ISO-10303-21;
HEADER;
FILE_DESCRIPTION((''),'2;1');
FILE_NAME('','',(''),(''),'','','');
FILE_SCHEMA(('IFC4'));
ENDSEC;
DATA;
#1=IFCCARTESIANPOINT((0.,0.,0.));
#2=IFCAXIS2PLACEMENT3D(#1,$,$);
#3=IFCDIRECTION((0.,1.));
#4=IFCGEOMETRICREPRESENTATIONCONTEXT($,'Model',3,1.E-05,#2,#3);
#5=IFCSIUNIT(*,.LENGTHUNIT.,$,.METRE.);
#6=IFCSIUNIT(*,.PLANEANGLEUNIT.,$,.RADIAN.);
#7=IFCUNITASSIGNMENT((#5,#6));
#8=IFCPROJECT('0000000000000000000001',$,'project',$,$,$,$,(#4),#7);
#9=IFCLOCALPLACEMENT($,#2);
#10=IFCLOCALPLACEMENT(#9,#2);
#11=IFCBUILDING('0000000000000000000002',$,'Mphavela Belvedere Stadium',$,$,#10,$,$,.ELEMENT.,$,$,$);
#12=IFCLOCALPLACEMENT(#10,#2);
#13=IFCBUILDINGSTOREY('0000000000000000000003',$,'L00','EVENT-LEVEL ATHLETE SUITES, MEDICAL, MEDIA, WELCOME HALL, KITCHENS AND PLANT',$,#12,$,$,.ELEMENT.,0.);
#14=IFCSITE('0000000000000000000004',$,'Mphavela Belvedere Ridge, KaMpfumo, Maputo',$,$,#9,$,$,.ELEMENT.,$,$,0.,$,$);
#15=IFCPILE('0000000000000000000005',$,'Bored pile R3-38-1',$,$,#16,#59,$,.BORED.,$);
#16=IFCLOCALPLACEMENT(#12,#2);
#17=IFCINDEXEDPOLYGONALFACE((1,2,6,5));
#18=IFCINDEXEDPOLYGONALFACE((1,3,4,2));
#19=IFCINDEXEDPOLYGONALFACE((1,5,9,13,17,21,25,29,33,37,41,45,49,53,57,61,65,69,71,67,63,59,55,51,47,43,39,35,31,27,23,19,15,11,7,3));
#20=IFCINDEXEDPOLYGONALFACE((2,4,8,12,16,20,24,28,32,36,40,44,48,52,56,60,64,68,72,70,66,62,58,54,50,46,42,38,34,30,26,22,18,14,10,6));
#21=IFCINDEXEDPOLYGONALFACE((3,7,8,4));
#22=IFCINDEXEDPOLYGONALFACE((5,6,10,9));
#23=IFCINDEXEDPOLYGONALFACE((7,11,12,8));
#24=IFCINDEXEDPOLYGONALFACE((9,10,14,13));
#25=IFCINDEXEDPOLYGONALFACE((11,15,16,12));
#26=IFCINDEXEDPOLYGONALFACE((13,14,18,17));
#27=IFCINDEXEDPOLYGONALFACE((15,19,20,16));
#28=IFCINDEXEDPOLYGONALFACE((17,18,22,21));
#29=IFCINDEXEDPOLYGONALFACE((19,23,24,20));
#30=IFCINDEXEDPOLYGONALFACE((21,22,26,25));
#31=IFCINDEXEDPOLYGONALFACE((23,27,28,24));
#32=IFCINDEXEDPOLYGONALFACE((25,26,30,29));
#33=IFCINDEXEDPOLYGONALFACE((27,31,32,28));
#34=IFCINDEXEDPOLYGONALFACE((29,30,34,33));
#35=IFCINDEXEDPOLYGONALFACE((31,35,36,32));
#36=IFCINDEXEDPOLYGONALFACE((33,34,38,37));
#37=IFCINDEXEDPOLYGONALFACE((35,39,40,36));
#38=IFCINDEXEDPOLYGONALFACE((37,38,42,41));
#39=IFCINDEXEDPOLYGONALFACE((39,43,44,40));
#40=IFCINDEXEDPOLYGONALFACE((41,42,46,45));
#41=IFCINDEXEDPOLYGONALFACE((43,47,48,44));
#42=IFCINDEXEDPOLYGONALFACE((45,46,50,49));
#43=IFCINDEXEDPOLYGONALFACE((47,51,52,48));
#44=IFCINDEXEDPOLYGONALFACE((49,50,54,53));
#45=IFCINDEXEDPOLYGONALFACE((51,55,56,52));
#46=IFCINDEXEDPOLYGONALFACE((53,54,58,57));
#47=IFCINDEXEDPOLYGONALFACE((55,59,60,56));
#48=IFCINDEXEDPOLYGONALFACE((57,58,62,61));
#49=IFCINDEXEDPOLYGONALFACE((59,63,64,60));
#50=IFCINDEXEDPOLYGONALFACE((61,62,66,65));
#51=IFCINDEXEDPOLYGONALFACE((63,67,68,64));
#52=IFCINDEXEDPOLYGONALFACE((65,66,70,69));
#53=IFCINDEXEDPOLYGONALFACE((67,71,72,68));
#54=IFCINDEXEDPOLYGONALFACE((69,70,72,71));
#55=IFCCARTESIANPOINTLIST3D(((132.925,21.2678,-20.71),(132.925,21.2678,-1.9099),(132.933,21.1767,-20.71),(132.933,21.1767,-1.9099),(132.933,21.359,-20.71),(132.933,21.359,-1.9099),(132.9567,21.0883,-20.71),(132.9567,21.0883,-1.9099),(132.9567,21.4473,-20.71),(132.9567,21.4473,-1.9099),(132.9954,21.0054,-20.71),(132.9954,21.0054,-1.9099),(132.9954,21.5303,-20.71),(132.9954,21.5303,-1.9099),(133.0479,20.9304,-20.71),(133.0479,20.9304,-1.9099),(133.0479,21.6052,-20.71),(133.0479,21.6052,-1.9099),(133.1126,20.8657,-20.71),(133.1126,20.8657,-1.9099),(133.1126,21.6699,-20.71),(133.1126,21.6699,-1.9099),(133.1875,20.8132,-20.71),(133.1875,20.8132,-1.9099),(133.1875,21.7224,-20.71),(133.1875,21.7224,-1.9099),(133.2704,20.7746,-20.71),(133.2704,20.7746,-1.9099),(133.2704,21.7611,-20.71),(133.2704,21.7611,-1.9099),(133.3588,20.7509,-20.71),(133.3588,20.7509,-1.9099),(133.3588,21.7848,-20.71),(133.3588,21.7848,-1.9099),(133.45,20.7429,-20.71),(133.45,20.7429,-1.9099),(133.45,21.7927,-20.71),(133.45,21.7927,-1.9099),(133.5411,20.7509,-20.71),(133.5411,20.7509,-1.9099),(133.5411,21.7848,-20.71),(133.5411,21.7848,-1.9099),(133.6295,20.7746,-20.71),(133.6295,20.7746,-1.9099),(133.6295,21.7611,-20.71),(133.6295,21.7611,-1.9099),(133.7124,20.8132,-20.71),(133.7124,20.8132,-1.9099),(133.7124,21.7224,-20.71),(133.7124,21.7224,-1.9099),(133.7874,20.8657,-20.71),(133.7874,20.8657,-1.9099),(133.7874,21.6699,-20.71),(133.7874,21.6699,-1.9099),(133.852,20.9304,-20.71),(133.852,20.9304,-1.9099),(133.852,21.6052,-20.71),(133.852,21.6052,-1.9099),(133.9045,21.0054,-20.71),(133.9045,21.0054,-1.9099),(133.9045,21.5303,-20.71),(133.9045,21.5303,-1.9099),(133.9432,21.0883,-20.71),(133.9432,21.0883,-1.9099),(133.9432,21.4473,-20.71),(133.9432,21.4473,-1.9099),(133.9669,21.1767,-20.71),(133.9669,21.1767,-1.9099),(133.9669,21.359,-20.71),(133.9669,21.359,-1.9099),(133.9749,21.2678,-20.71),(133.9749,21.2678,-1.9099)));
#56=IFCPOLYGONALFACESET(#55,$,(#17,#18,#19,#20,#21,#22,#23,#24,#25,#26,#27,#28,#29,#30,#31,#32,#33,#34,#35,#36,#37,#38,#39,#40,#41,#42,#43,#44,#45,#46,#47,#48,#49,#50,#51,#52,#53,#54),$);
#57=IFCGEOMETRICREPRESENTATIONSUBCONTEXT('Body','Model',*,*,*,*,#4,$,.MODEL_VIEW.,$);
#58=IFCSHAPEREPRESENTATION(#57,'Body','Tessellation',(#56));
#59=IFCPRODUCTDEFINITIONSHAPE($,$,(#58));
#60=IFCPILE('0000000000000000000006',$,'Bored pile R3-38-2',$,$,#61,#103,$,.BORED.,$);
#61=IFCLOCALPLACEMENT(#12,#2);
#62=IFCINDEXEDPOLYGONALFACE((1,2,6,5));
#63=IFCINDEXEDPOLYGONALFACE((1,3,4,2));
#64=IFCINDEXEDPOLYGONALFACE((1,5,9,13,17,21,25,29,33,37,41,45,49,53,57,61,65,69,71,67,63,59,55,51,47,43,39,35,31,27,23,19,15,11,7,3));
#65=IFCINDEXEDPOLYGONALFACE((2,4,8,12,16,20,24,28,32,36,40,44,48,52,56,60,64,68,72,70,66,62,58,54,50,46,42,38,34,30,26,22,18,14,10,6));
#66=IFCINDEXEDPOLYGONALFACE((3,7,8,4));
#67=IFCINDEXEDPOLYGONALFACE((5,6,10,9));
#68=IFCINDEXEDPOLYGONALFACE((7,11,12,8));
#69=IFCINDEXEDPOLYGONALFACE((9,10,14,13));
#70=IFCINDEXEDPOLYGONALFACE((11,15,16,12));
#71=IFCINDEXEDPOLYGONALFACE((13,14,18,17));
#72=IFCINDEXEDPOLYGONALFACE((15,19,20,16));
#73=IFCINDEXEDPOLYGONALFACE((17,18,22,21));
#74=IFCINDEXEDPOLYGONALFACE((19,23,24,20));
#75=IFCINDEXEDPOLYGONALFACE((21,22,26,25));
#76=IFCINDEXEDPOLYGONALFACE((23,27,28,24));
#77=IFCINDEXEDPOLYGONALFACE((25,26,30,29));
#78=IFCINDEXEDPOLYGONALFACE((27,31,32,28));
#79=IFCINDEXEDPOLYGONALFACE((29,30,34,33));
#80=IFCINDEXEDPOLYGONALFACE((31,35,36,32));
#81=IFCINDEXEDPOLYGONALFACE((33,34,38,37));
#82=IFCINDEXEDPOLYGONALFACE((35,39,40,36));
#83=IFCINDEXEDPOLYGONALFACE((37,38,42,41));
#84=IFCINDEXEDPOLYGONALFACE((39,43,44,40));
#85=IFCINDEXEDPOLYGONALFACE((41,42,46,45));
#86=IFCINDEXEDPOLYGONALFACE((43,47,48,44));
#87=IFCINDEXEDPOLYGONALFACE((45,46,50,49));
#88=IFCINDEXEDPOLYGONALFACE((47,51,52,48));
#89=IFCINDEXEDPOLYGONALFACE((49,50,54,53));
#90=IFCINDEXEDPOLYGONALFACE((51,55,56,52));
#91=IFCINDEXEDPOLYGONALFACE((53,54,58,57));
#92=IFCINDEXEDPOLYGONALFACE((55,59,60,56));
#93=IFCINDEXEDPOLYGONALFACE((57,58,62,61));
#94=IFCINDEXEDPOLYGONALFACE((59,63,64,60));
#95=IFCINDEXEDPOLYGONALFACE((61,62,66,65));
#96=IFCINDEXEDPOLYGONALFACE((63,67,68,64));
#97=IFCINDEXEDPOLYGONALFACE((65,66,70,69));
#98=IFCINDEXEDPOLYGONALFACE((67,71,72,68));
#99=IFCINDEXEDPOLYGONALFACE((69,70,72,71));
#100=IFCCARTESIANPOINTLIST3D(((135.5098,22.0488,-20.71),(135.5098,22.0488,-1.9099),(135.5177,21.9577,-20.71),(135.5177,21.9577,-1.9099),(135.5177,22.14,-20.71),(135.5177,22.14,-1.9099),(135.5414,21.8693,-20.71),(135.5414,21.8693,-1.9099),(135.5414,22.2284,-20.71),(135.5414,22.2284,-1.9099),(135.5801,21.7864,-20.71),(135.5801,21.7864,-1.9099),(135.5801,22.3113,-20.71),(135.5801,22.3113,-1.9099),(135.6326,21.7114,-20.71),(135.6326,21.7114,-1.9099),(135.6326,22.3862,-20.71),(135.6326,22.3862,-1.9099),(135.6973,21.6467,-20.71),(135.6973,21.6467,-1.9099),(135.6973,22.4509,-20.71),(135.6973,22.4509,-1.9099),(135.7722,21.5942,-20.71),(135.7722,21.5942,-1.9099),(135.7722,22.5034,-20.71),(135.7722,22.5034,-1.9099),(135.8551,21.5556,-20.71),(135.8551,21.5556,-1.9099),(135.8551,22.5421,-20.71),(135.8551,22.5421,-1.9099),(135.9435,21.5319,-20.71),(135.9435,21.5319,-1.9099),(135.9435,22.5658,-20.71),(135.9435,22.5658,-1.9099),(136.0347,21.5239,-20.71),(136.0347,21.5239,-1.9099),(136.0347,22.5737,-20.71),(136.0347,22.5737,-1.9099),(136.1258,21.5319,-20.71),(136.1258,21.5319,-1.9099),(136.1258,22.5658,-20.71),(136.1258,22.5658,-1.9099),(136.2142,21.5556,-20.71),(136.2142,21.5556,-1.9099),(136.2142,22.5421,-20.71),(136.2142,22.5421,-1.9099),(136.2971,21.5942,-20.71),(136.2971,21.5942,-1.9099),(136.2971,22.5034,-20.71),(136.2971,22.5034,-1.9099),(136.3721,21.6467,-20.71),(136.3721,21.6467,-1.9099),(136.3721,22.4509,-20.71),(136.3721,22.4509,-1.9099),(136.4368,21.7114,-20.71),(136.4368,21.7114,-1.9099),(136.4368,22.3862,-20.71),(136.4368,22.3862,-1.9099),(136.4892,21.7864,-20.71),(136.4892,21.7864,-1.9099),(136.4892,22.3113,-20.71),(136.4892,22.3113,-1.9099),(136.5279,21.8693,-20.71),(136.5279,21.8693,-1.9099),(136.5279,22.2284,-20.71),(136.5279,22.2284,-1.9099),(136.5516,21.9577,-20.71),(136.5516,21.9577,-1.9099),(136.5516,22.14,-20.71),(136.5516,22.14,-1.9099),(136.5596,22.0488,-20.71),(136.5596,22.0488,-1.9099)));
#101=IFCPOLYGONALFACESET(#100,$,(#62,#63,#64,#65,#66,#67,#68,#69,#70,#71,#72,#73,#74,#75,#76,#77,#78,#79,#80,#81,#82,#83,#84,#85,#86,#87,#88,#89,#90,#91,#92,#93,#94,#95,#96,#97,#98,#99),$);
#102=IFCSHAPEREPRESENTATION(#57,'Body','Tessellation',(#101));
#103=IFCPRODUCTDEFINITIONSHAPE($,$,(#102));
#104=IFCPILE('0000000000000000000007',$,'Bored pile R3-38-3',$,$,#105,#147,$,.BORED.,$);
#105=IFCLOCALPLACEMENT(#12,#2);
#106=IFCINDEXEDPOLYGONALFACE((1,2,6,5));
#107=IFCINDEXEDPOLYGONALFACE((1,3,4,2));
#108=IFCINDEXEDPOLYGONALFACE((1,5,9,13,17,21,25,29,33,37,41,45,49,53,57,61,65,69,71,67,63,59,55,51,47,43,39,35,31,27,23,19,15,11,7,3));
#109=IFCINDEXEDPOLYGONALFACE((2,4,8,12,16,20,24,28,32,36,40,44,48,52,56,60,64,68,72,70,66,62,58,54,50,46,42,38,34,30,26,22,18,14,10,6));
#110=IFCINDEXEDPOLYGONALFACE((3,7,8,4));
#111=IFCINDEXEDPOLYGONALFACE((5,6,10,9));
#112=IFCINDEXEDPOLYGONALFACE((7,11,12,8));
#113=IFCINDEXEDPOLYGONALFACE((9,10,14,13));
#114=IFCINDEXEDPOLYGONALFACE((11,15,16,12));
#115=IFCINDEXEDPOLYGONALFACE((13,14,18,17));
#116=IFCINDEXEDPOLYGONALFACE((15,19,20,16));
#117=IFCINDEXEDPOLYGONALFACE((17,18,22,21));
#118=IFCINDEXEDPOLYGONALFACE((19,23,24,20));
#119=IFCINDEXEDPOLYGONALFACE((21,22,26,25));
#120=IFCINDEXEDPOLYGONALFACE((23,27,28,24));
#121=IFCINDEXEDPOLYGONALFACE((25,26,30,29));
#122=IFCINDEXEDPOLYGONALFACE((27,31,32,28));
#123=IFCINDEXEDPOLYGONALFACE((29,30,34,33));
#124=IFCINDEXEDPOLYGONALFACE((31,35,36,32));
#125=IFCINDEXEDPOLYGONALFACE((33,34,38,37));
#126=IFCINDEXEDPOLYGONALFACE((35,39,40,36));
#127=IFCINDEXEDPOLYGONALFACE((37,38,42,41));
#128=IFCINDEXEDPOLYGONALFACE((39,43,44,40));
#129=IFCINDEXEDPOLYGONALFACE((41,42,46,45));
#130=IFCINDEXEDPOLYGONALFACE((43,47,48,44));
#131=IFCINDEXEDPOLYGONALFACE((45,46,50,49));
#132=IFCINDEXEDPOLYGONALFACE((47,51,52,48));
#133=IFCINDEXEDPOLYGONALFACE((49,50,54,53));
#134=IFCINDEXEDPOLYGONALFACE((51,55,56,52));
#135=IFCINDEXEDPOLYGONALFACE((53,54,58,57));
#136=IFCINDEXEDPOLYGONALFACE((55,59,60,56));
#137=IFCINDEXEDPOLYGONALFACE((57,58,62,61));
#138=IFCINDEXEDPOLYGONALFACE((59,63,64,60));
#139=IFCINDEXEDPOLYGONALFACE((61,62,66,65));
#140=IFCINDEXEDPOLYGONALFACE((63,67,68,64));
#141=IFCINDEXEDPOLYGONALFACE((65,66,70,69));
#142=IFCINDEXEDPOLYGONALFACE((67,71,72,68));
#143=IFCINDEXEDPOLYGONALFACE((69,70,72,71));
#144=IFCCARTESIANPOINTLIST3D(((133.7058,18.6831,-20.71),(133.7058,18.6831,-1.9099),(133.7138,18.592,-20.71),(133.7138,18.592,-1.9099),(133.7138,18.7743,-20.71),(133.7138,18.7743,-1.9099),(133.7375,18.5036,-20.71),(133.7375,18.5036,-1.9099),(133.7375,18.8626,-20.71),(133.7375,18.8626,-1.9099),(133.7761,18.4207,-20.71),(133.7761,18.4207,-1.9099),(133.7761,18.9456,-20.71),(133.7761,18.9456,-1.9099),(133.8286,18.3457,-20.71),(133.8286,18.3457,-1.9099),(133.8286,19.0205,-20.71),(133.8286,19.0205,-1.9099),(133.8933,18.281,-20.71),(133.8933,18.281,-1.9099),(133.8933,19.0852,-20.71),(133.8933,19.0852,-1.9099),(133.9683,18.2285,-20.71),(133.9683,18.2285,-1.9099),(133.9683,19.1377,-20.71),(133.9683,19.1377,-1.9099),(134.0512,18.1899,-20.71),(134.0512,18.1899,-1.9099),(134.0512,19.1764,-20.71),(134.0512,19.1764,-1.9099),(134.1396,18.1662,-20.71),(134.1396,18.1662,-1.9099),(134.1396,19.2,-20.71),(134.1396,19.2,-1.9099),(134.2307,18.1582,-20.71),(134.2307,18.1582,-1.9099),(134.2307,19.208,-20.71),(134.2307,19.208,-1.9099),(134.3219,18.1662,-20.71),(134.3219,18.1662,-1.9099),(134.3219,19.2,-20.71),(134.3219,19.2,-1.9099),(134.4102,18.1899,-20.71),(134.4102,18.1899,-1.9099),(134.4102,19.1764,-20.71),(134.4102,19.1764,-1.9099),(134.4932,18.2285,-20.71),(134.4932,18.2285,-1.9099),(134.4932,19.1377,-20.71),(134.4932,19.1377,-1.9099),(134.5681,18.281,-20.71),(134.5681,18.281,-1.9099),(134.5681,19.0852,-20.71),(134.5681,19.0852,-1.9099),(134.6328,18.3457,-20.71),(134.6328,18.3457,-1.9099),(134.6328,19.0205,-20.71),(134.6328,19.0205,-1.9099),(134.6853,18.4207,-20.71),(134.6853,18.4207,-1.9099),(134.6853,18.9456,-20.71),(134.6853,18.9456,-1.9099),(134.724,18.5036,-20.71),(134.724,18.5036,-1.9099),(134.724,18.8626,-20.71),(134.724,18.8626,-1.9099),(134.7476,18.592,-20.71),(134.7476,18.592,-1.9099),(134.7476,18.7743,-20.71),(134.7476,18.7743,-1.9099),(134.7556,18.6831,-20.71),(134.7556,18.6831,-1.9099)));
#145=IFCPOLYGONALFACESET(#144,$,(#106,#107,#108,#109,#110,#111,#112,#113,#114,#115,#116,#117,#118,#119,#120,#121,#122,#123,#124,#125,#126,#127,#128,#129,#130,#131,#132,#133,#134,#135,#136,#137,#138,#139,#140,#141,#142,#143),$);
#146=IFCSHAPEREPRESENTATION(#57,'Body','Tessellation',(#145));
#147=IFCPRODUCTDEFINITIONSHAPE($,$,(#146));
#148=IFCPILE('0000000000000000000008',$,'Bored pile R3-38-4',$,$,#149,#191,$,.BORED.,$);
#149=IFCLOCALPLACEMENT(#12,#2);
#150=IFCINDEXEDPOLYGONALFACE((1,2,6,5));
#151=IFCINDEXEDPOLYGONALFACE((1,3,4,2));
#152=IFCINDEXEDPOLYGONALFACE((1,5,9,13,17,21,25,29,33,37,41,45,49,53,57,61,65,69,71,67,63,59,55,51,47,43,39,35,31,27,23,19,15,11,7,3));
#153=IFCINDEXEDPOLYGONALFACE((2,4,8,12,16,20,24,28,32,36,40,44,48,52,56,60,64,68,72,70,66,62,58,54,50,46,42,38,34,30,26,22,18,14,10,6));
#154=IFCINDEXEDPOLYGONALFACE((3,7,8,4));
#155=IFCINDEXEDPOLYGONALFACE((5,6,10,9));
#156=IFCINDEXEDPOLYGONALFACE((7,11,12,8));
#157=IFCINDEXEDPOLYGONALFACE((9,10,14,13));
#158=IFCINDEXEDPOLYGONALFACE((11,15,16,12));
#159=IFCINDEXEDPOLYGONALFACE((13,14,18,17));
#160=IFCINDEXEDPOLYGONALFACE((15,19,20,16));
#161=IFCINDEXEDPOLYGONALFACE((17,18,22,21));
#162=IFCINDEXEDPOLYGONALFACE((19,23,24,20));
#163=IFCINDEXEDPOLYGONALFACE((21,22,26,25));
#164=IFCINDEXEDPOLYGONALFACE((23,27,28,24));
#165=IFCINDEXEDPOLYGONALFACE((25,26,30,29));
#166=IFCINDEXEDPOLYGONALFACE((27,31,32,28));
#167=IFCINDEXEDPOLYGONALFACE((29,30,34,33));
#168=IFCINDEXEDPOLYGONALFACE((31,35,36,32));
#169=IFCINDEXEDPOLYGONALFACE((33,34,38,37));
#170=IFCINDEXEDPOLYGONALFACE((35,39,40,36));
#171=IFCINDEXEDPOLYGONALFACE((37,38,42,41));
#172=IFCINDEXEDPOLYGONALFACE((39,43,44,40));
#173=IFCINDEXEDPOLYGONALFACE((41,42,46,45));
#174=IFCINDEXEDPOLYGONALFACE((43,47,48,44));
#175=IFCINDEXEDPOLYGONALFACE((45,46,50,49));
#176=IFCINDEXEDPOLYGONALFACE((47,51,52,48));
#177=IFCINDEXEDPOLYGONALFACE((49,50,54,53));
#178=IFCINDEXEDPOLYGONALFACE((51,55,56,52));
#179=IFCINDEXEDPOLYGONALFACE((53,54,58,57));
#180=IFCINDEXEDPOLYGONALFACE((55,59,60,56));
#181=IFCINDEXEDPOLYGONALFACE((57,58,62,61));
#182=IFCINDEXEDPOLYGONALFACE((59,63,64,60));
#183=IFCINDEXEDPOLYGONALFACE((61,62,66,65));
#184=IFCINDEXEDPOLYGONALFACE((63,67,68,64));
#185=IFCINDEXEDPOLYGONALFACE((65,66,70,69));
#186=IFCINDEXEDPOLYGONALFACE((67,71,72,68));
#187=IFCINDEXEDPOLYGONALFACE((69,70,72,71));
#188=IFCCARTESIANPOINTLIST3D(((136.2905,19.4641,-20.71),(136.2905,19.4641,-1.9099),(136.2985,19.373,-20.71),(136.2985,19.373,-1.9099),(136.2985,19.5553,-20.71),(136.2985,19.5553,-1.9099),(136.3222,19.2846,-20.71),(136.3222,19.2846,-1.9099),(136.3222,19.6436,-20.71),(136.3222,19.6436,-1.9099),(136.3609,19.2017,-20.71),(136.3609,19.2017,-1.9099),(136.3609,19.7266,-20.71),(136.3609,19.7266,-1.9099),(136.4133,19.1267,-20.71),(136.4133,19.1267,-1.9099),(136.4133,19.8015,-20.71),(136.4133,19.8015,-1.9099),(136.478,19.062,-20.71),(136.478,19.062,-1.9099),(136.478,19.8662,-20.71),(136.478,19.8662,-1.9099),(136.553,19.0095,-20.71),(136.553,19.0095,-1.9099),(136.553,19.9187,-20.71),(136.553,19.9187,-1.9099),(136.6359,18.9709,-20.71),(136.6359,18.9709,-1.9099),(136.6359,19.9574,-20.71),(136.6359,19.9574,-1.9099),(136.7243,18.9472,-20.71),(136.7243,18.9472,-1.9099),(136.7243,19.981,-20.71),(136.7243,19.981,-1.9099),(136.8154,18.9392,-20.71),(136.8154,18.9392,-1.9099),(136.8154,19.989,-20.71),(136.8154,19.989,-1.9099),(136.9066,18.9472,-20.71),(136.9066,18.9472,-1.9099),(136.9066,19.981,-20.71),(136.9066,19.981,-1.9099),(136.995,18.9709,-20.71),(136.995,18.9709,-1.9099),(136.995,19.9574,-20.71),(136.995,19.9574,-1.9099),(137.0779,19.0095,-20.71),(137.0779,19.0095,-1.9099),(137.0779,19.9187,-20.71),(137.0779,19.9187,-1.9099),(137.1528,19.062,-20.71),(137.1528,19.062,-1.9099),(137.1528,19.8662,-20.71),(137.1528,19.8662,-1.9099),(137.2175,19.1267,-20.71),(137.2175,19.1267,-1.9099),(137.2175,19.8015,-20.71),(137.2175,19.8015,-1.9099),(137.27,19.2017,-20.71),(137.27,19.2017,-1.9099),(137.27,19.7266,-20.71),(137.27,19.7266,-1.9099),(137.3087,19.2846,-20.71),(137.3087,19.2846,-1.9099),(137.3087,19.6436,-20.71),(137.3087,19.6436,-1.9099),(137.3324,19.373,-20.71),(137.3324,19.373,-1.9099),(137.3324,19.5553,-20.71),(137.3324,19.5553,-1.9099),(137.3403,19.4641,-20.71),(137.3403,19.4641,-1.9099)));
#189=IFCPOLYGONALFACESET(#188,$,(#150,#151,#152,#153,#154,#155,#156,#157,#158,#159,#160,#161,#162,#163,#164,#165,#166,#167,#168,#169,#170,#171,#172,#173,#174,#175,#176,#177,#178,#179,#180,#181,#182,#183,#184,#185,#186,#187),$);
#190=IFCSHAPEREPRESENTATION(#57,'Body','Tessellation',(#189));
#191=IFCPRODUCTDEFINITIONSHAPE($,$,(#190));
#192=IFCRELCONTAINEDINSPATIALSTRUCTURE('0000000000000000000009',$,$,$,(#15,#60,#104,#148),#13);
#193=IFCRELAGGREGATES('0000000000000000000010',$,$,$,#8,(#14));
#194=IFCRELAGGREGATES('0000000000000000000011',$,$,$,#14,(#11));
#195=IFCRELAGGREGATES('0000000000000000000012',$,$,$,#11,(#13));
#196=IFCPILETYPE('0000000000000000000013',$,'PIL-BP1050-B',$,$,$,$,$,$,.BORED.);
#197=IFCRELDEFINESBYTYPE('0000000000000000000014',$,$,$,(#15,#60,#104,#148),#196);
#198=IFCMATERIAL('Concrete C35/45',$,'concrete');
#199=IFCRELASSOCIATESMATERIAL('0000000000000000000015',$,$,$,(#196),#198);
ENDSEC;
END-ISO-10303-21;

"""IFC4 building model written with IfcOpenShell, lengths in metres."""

from ifc_helpers import new_model, si_unit, direction, frame, origin, origin_2d, place, context, subcontext, project, spatial, circle, extrude, material, material_profile, profile_set, type_object, element, save


model = new_model("IFC4")

# Units and contexts
model_context = context("Model", 3, precision=1e-05, world=origin(), true_north=direction((0.0, 1.0)))
body_context = subcontext(model_context, "Body", "Model", "MODEL_VIEW")
ifc_project = project(units=[si_unit("LENGTHUNIT", "METRE"), si_unit("PLANEANGLEUNIT", "RADIAN")], contexts=[model_context])

# Site, building, storey
site_placement = place(None, origin())
site = spatial("IfcSite", under=ifc_project, at=site_placement, Name="Mphavela Belvedere Ridge, KaMpfumo, Maputo", CompositionType="ELEMENT", RefElevation=0.0)
building_placement = place(site_placement, origin())
building = spatial("IfcBuilding", under=site, at=building_placement, Name="Mphavela Belvedere Stadium", CompositionType="ELEMENT")
storey_placement = place(building_placement, origin())
storey = spatial("IfcBuildingStorey", under=building, at=storey_placement, Name="L00", Description="EVENT-LEVEL ATHLETE SUITES, MEDICAL, MEDIA, WELCOME HALL, KITCHENS AND PLANT", CompositionType="ELEMENT", Elevation=0.0)

# Piles
ifc_material_1 = material(Name="Concrete C35/45", Category="concrete")
ifc_material_profile_1 = material_profile(ifc_material_1, circle(Radius=0.5249, at=origin_2d()), Name="BP D1050")
ifc_profile_set_1 = profile_set([ifc_material_profile_1], Name="Concrete C35/45")
pile_type_1 = type_object("IfcPileType", Name="PIL-BP1050-B", PredefinedType="BORED", material=ifc_profile_set_1)
for number, where, z_axis, x_axis, name in (
    (1, (133.45, 21.2678, -1.9099), (0.0, 0.0, -1.0), (1.0, 0.0, 0.0), "Bored pile R3-38-1"),
    (2, (136.0347, 22.0488, -1.9099), (0.0, 0.0, -1.0), (1.0, 0.0, 0.0), "Bored pile R3-38-2"),
    (3, (134.2307, 18.6831, -1.9099), (0.0, 0.0, -1.0), (1.0, 0.0, 0.0), "Bored pile R3-38-3"),
    (4, (136.8154, 19.4641, -1.9099), (0.0, 0.0, -1.0), (1.0, 0.0, 0.0), "Bored pile R3-38-4"),
):
    element("IfcPile", number, at=place(storey_placement, frame(where, z_axis=z_axis, x_axis=x_axis)), inside=storey, type_object=pile_type_1, Name=name, PredefinedType="BORED", context=body_context, shape_type="SweptSolid", body=[
        extrude(circle(Radius=0.5249, at=origin_2d()), origin(), (0.0, 0.0, 1.0), 18.8),
    ])

save(model, "model.ifc")
